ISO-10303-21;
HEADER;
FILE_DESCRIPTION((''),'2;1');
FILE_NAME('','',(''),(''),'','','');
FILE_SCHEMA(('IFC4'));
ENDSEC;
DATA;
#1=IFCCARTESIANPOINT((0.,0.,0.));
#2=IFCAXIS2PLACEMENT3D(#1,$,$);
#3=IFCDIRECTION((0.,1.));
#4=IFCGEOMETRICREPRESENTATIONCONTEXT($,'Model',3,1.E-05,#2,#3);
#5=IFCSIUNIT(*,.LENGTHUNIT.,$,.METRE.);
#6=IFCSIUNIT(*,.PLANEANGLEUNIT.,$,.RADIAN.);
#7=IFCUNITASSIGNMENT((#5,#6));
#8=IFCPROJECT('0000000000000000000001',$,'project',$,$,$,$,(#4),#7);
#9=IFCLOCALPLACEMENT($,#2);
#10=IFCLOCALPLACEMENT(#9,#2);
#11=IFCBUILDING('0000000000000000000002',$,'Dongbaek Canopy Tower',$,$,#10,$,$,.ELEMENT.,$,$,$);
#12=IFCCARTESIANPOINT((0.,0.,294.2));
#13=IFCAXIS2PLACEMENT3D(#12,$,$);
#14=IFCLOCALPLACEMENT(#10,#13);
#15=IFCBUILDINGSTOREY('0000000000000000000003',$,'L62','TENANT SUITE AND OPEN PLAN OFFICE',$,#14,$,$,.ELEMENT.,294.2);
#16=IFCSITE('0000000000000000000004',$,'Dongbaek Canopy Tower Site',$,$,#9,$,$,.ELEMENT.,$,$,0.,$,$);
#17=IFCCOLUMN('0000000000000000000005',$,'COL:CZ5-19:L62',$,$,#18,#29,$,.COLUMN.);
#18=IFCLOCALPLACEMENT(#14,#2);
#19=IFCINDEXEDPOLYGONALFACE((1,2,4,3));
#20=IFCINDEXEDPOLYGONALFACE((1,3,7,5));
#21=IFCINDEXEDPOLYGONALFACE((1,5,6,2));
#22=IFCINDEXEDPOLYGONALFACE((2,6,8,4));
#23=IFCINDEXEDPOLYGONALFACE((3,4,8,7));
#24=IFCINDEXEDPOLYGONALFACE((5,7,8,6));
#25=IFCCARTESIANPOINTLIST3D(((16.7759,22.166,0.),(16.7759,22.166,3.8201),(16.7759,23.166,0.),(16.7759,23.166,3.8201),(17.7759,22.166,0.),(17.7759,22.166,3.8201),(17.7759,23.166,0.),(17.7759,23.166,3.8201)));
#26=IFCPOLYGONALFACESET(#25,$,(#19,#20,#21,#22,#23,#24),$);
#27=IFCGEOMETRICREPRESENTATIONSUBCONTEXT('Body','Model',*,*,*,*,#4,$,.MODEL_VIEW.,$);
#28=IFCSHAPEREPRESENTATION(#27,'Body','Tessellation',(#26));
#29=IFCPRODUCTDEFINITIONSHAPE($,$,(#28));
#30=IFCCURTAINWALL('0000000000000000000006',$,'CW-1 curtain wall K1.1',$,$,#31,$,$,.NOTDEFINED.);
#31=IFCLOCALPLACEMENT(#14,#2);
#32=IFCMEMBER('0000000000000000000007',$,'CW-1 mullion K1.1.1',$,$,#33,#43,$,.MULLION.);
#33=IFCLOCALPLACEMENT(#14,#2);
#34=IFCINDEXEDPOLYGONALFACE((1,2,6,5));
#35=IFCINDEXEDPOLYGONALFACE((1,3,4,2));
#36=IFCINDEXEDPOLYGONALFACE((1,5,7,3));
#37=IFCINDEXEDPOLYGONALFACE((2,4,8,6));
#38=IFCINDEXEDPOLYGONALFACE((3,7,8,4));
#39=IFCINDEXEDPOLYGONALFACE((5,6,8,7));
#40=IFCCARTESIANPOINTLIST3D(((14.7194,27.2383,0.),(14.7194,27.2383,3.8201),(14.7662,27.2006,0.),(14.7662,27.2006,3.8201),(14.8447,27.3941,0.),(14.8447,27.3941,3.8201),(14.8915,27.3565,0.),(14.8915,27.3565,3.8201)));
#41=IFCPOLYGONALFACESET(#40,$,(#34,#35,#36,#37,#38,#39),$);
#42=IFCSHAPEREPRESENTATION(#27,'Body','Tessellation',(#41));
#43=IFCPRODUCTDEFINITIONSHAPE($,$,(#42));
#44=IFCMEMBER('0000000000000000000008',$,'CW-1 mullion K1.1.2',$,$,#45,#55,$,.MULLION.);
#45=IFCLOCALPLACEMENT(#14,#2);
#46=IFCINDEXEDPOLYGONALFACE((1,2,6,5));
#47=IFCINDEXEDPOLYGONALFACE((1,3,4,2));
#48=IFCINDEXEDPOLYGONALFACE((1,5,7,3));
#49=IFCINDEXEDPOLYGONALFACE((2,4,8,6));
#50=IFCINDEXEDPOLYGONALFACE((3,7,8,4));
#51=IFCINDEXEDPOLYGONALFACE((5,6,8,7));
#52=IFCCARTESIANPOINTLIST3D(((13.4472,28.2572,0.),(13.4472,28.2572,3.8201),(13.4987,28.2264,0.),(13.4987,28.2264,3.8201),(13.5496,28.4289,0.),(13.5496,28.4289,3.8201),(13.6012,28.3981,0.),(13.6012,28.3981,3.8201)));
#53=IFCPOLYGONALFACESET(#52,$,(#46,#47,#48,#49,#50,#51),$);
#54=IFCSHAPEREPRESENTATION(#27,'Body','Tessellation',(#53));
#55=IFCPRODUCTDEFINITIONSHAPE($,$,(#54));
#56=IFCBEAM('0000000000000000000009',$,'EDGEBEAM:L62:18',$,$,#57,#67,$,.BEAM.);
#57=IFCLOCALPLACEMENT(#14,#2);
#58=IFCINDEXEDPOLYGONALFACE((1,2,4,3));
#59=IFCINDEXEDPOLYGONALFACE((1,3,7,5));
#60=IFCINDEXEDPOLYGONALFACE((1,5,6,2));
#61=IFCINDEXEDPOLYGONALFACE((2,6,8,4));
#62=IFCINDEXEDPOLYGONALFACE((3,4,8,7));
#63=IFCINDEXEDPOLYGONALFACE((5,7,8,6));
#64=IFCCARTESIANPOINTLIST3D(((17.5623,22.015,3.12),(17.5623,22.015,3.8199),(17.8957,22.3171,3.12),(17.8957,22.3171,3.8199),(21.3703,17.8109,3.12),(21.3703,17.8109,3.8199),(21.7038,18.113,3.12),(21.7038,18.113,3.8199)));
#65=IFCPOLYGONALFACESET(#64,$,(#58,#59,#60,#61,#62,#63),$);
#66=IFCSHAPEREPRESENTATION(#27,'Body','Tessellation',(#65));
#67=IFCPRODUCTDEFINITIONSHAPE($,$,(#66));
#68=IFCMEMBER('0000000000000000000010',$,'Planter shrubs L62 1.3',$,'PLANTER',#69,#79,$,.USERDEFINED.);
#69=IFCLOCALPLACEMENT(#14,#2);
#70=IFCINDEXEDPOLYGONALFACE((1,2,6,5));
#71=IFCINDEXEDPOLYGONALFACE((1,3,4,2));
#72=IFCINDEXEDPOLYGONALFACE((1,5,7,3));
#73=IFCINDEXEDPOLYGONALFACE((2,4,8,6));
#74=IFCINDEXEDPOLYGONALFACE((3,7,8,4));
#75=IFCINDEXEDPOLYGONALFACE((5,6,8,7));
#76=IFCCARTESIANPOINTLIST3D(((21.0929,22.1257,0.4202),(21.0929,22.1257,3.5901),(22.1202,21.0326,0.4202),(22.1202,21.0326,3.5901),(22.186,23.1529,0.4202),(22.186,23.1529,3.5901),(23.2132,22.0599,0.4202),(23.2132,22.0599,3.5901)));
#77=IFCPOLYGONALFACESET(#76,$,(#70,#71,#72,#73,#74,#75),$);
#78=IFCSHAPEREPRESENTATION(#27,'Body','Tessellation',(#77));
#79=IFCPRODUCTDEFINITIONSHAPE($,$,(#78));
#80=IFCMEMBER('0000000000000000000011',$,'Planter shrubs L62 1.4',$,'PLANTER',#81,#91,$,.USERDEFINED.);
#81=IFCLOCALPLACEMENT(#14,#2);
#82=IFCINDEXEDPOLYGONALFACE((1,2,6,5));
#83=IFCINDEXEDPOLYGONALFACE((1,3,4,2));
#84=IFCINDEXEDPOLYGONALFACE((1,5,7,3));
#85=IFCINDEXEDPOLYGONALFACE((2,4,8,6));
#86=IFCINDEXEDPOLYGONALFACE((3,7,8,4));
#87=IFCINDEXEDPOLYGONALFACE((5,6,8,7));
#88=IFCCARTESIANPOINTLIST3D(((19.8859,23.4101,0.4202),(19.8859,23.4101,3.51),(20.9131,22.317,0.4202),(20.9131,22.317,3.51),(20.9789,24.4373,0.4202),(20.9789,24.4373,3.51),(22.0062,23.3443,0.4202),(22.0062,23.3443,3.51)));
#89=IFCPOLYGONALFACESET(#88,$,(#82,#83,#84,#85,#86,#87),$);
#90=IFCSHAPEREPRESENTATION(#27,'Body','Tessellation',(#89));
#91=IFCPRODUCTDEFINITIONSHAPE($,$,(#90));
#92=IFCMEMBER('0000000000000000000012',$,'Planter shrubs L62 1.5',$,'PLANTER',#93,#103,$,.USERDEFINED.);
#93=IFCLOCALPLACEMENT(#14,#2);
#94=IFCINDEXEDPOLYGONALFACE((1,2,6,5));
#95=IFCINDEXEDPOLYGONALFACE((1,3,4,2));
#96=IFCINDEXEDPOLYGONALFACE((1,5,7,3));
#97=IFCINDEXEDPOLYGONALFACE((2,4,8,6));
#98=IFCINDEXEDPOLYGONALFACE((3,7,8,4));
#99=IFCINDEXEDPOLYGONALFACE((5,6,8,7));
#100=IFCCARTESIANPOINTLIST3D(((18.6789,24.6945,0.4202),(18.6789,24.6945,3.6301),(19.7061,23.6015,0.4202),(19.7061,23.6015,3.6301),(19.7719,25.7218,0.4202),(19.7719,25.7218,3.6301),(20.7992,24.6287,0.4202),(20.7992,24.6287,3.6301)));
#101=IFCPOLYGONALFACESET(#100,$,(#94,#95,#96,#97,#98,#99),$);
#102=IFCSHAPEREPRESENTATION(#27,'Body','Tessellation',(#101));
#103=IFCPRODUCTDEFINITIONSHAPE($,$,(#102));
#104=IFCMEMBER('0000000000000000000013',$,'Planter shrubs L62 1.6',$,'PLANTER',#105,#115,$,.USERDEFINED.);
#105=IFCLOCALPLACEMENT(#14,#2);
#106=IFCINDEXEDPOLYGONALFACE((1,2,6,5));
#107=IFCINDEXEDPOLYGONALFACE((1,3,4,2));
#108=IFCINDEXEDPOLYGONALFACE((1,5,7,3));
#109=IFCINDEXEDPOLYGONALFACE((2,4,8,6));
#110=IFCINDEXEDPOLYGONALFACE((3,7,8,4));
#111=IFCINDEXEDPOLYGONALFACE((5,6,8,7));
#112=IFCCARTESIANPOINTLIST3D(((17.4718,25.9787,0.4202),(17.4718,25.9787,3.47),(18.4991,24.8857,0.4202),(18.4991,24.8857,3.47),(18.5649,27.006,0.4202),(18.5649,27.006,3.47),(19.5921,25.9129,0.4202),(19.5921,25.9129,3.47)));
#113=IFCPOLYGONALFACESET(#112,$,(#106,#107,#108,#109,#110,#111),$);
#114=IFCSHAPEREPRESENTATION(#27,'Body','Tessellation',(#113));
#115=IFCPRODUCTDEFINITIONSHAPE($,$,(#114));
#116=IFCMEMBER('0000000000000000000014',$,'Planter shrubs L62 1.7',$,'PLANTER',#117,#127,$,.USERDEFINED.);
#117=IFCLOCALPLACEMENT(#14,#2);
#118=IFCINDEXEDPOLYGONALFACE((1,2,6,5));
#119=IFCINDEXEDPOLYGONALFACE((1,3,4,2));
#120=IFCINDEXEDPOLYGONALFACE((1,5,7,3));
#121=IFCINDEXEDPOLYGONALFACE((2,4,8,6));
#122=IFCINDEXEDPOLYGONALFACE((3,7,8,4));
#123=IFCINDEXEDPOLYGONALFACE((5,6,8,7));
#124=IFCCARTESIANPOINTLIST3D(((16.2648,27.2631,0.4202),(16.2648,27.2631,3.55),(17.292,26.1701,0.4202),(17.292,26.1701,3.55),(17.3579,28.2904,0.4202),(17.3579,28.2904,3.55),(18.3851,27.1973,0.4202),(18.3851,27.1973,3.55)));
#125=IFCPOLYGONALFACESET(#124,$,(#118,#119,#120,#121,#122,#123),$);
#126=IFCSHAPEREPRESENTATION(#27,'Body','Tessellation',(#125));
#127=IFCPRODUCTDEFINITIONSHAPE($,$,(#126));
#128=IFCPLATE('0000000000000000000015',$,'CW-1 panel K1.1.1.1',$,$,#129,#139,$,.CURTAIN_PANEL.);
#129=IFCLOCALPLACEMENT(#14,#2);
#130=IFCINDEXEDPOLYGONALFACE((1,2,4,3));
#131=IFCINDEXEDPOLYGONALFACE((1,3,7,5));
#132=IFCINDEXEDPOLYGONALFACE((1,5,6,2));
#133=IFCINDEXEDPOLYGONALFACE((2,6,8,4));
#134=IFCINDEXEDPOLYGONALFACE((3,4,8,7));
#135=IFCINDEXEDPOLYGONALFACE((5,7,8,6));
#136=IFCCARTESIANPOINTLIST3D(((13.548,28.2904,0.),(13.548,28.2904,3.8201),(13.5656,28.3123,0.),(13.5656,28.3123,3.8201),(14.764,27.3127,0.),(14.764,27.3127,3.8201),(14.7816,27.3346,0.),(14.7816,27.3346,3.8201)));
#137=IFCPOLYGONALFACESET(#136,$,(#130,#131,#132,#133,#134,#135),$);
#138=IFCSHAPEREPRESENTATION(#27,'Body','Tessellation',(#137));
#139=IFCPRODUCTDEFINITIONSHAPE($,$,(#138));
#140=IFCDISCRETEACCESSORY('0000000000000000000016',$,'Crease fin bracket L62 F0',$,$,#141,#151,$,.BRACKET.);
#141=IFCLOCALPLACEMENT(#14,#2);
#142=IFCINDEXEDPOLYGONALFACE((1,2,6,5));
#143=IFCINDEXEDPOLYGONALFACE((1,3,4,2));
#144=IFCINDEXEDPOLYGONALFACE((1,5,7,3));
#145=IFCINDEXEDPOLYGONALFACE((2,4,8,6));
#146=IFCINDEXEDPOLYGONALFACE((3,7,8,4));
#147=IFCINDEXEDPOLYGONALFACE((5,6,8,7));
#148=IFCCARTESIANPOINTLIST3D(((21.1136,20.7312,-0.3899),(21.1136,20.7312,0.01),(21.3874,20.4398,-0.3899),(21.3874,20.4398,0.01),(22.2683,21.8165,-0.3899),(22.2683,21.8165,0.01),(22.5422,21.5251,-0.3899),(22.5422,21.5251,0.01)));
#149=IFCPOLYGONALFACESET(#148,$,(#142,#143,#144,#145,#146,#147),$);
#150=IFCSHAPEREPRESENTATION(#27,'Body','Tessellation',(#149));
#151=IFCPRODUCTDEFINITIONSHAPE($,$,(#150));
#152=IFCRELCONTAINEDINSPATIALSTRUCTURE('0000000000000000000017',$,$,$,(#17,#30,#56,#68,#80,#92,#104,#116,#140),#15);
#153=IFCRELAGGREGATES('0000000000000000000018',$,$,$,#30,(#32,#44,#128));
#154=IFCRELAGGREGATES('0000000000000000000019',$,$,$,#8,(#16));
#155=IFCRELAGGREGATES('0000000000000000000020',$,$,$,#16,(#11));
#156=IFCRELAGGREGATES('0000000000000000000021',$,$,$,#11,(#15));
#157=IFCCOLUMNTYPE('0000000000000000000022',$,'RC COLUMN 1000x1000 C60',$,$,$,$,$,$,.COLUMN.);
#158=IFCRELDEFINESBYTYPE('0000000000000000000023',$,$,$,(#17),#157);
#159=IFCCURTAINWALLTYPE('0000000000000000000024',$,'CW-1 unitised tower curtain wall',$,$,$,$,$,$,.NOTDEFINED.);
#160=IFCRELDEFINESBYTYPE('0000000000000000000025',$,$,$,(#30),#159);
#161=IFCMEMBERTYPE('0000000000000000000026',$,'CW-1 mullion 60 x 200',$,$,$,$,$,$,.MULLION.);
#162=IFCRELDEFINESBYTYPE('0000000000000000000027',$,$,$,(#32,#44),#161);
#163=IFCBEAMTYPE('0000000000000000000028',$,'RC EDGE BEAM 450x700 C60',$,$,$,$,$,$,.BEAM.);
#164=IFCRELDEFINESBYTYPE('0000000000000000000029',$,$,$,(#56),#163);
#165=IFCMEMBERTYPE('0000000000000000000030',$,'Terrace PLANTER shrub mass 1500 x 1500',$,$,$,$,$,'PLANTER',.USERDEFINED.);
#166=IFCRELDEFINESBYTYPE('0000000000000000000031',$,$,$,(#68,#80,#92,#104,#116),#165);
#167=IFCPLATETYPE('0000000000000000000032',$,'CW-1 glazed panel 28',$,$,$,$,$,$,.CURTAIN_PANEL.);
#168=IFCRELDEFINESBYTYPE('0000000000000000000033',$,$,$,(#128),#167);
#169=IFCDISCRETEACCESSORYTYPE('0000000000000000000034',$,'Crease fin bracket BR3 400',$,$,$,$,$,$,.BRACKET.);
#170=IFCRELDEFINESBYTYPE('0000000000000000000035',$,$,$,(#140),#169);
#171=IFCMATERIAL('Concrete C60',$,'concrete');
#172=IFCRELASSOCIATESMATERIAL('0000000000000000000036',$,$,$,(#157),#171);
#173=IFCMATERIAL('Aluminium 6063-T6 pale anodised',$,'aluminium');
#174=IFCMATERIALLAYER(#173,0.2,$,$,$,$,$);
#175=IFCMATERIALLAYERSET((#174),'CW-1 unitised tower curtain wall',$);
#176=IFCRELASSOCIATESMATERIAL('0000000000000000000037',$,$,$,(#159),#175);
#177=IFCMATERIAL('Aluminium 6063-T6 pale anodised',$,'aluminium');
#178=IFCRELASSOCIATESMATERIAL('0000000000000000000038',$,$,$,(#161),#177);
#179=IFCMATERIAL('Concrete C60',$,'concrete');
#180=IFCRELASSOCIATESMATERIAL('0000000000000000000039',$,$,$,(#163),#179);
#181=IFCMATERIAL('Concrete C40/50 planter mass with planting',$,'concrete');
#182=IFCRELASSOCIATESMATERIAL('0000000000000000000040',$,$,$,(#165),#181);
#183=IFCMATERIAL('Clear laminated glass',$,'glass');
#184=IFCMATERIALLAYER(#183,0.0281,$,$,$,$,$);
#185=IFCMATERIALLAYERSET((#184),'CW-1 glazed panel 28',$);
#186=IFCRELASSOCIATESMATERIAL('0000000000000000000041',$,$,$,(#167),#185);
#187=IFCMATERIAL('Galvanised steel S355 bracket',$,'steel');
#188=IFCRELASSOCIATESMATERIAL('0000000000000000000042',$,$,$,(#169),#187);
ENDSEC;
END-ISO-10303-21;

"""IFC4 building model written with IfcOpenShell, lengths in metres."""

from ifc_helpers import new_model, si_unit, direction, frame, origin, origin_2d, place, context, subcontext, project, spatial, rectangle, extrude, material, layer, layer_set, material_profile, profile_set, type_object, element, aggregate, save


model = new_model("IFC4")

# Units and contexts
model_context = context("Model", 3, precision=1e-05, world=origin(), true_north=direction((0.0, 1.0)))
body_context = subcontext(model_context, "Body", "Model", "MODEL_VIEW")
ifc_project = project(units=[si_unit("LENGTHUNIT", "METRE"), si_unit("PLANEANGLEUNIT", "RADIAN")], contexts=[model_context])

# Site, building, storey
site_placement = place(None, origin())
site = spatial("IfcSite", under=ifc_project, at=site_placement, Name="Dongbaek Canopy Tower Site", CompositionType="ELEMENT", RefElevation=0.0)
building_placement = place(site_placement, origin())
building = spatial("IfcBuilding", under=site, at=building_placement, Name="Dongbaek Canopy Tower", CompositionType="ELEMENT")
storey_placement = place(building_placement, frame((0.0, 0.0, 294.2)))
storey = spatial("IfcBuildingStorey", under=building, at=storey_placement, Name="L62", Description="TENANT SUITE AND OPEN PLAN OFFICE", CompositionType="ELEMENT", Elevation=294.2)

# Column
ifc_material_1 = material(Name="Concrete C60", Category="concrete")
ifc_material_profile_1 = material_profile(ifc_material_1, rectangle(XDim=1.0, YDim=1.0, at=origin_2d()), Name="RC COLUMN 1000x1000 C60")
ifc_profile_set_1 = profile_set([ifc_material_profile_1], Name="Concrete C60")
column_type = type_object("IfcColumnType", Name="RC COLUMN 1000x1000 C60", PredefinedType="COLUMN", material=ifc_profile_set_1)
column_placement = place(storey_placement, frame((17.2759, 22.666, 0.0), z_axis=(0.0, 0.0, 1.0), x_axis=(1.0, 0.0, 0.0)))
element("IfcColumn", 1, at=column_placement, inside=storey, type_object=column_type, Name="COL:CZ5-19:L62", PredefinedType="COLUMN", context=body_context, shape_type="SweptSolid", body=[
    extrude(rectangle(XDim=1.0, YDim=1.0, at=origin_2d()), origin(), (0.0, 0.0, 1.0), 3.8201),
])

# Curtain wall, members
ifc_material_2 = material(Name="Aluminium 6063-T6 pale anodised", Category="aluminium")
ifc_layer_1 = layer(ifc_material_2, 0.2)
ifc_layer_set_1 = layer_set([ifc_layer_1], Name="CW-1 unitised tower curtain wall")
curtain_wall_type = type_object("IfcCurtainWallType", Name="CW-1 unitised tower curtain wall", PredefinedType="NOTDEFINED", material=ifc_layer_set_1)
curtain_wall_placement = place(storey_placement, origin())
curtain_wall = element("IfcCurtainWall", 2, at=curtain_wall_placement, inside=storey, type_object=curtain_wall_type, Name="CW-1 curtain wall K1.1", PredefinedType="NOTDEFINED")
ifc_material_3 = material(Name="Aluminium 6063-T6 pale anodised", Category="aluminium")
ifc_material_profile_2 = material_profile(ifc_material_3, rectangle(XDim=0.2, YDim=0.0601, at=origin_2d()), Name="CW-1 mullion 60 x 200")
ifc_profile_set_2 = profile_set([ifc_material_profile_2], Name="Aluminium 6063-T6 pale anodised")
member_type_1 = type_object("IfcMemberType", Name="CW-1 mullion 60 x 200", PredefinedType="MULLION", material=ifc_profile_set_2)
member_1_placement = place(storey_placement, frame((14.8054, 27.2974, 0.0), z_axis=(0.0, 0.0, 1.0), x_axis=(0.626616, 0.779328, 0.0)))
member_1 = element("IfcMember", 3, at=member_1_placement, type_object=member_type_1, Name="CW-1 mullion K1.1.1", PredefinedType="MULLION", context=body_context, shape_type="SweptSolid", body=[
    extrude(rectangle(XDim=0.2, YDim=0.0601, at=origin_2d()), origin(), (0.0, 0.0, 1.0), 3.8201),
])
member_2_placement = place(storey_placement, frame((13.5242, 28.3276, 0.0), z_axis=(0.0, 0.0, 1.0), x_axis=(0.512404, 0.858745, 0.0)))
member_2 = element("IfcMember", 4, at=member_2_placement, type_object=member_type_1, Name="CW-1 mullion K1.1.2", PredefinedType="MULLION", context=body_context, shape_type="SweptSolid", body=[
    extrude(rectangle(XDim=0.2, YDim=0.0601, at=origin_2d()), origin(), (0.0, 0.0, 1.0), 3.8201),
])

# Beam
ifc_material_4 = material(Name="Concrete C60", Category="concrete")
ifc_material_profile_3 = material_profile(ifc_material_4, rectangle(XDim=0.45, YDim=0.7, at=origin_2d()), Name="RC EDGE BEAM 450x700 C60")
ifc_profile_set_3 = profile_set([ifc_material_profile_3], Name="Concrete C60")
beam_type = type_object("IfcBeamType", Name="RC EDGE BEAM 450x700 C60", PredefinedType="BEAM", material=ifc_profile_set_3)
beam_placement = place(storey_placement, frame((17.729, 22.166, 3.47), z_axis=(0.671339, -0.74115, 0.0), x_axis=(0.74115, 0.671339, 0.0)))
element("IfcBeam", 5, at=beam_placement, inside=storey, type_object=beam_type, Name="EDGEBEAM:L62:18", PredefinedType="BEAM", context=body_context, shape_type="SweptSolid", body=[
    extrude(rectangle(XDim=0.45, YDim=0.7, at=origin_2d()), origin(), (0.0, 0.0, 1.0), 5.6724),
])

# Members
ifc_material_5 = material(Name="Concrete C40/50 planter mass with planting", Category="concrete")
ifc_material_profile_4 = material_profile(ifc_material_5, rectangle(XDim=1.5, YDim=1.5, at=origin_2d()), Name="Terrace PLANTER shrub mass 1500 x 1500")
ifc_profile_set_4 = profile_set([ifc_material_profile_4], Name="Concrete C40/50 planter mass with planting")
member_type_2 = type_object("IfcMemberType", Name="Terrace PLANTER shrub mass 1500 x 1500", ElementType="PLANTER", PredefinedType="USERDEFINED", material=ifc_profile_set_4)
member_3_placement = place(storey_placement, frame((22.1531, 22.0928, 0.4202), z_axis=(0.0, 0.0, 1.0), x_axis=(0.728702, 0.684831, 0.0)))
element("IfcMember", 6, at=member_3_placement, inside=storey, type_object=member_type_2, Name="Planter shrubs L62 1.3", ObjectType="PLANTER", PredefinedType="USERDEFINED", context=body_context, shape_type="SweptSolid", body=[
    extrude(rectangle(XDim=1.5, YDim=1.5, at=origin_2d()), origin(), (0.0, 0.0, 1.0), 3.1699),
])
member_4_placement = place(storey_placement, frame((20.946, 23.3772, 0.4202), z_axis=(0.0, 0.0, 1.0), x_axis=(0.728702, 0.684831, 0.0)))
element("IfcMember", 7, at=member_4_placement, inside=storey, type_object=member_type_2, Name="Planter shrubs L62 1.4", ObjectType="PLANTER", PredefinedType="USERDEFINED", context=body_context, shape_type="SweptSolid", body=[
    extrude(rectangle(XDim=1.5, YDim=1.5, at=origin_2d()), origin(), (0.0, 0.0, 1.0), 3.0898),
])
member_5_placement = place(storey_placement, frame((19.739, 24.6616, 0.4202), z_axis=(0.0, 0.0, 1.0), x_axis=(0.728702, 0.684831, 0.0)))
element("IfcMember", 8, at=member_5_placement, inside=storey, type_object=member_type_2, Name="Planter shrubs L62 1.5", ObjectType="PLANTER", PredefinedType="USERDEFINED", context=body_context, shape_type="SweptSolid", body=[
    extrude(rectangle(XDim=1.5, YDim=1.5, at=origin_2d()), origin(), (0.0, 0.0, 1.0), 3.21),
])
member_6_placement = place(storey_placement, frame((18.532, 25.9458, 0.4202), z_axis=(0.0, 0.0, 1.0), x_axis=(0.728702, 0.684831, 0.0)))
element("IfcMember", 9, at=member_6_placement, inside=storey, type_object=member_type_2, Name="Planter shrubs L62 1.6", ObjectType="PLANTER", PredefinedType="USERDEFINED", context=body_context, shape_type="SweptSolid", body=[
    extrude(rectangle(XDim=1.5, YDim=1.5, at=origin_2d()), origin(), (0.0, 0.0, 1.0), 3.0498),
])
member_7_placement = place(storey_placement, frame((17.325, 27.2302, 0.4202), z_axis=(0.0, 0.0, 1.0), x_axis=(0.728702, 0.684831, 0.0)))
element("IfcMember", 10, at=member_7_placement, inside=storey, type_object=member_type_2, Name="Planter shrubs L62 1.7", ObjectType="PLANTER", PredefinedType="USERDEFINED", context=body_context, shape_type="SweptSolid", body=[
    extrude(rectangle(XDim=1.5, YDim=1.5, at=origin_2d()), origin(), (0.0, 0.0, 1.0), 3.1299),
])

# Plate
ifc_material_6 = material(Name="Clear laminated glass", Category="glass")
ifc_layer_2 = layer(ifc_material_6, 0.0281)
ifc_layer_set_2 = layer_set([ifc_layer_2], Name="CW-1 glazed panel 28")
plate_type = type_object("IfcPlateType", Name="CW-1 glazed panel 28", PredefinedType="CURTAIN_PANEL", material=ifc_layer_set_2)
plate_placement = place(storey_placement, frame((14.1648, 27.8125, 0.0), z_axis=(0.0, 0.0, 1.0), x_axis=(-0.779328, 0.626616, 0.0)))
plate = element("IfcPlate", 11, at=plate_placement, type_object=plate_type, Name="CW-1 panel K1.1.1.1", PredefinedType="CURTAIN_PANEL", context=body_context, shape_type="SweptSolid", body=[
    extrude(rectangle(XDim=1.5603, YDim=0.0281, at=origin_2d()), origin(), (0.0, 0.0, 1.0), 3.8201),
])
aggregate(curtain_wall, [member_1, member_2, plate])

# Discrete accessory
ifc_material_7 = material(Name="Galvanised steel S355 bracket", Category="steel")
discrete_accessory_type = type_object("IfcDiscreteAccessoryType", Name="Crease fin bracket BR3 400", PredefinedType="BRACKET", material=ifc_material_7)
discrete_accessory_placement = place(storey_placement, frame((21.8279, 21.1282, -0.3899), z_axis=(0.0, 0.0, 1.0), x_axis=(0.728702, 0.684831, 0.0)))
element("IfcDiscreteAccessory", 12, at=discrete_accessory_placement, inside=storey, type_object=discrete_accessory_type, Name="Crease fin bracket L62 F0", PredefinedType="BRACKET", context=body_context, shape_type="SweptSolid", body=[
    extrude(rectangle(XDim=1.5847, YDim=0.3999, at=origin_2d()), origin(), (0.0, 0.0, 1.0), 0.3999),
])

save(model, "model.ifc")
